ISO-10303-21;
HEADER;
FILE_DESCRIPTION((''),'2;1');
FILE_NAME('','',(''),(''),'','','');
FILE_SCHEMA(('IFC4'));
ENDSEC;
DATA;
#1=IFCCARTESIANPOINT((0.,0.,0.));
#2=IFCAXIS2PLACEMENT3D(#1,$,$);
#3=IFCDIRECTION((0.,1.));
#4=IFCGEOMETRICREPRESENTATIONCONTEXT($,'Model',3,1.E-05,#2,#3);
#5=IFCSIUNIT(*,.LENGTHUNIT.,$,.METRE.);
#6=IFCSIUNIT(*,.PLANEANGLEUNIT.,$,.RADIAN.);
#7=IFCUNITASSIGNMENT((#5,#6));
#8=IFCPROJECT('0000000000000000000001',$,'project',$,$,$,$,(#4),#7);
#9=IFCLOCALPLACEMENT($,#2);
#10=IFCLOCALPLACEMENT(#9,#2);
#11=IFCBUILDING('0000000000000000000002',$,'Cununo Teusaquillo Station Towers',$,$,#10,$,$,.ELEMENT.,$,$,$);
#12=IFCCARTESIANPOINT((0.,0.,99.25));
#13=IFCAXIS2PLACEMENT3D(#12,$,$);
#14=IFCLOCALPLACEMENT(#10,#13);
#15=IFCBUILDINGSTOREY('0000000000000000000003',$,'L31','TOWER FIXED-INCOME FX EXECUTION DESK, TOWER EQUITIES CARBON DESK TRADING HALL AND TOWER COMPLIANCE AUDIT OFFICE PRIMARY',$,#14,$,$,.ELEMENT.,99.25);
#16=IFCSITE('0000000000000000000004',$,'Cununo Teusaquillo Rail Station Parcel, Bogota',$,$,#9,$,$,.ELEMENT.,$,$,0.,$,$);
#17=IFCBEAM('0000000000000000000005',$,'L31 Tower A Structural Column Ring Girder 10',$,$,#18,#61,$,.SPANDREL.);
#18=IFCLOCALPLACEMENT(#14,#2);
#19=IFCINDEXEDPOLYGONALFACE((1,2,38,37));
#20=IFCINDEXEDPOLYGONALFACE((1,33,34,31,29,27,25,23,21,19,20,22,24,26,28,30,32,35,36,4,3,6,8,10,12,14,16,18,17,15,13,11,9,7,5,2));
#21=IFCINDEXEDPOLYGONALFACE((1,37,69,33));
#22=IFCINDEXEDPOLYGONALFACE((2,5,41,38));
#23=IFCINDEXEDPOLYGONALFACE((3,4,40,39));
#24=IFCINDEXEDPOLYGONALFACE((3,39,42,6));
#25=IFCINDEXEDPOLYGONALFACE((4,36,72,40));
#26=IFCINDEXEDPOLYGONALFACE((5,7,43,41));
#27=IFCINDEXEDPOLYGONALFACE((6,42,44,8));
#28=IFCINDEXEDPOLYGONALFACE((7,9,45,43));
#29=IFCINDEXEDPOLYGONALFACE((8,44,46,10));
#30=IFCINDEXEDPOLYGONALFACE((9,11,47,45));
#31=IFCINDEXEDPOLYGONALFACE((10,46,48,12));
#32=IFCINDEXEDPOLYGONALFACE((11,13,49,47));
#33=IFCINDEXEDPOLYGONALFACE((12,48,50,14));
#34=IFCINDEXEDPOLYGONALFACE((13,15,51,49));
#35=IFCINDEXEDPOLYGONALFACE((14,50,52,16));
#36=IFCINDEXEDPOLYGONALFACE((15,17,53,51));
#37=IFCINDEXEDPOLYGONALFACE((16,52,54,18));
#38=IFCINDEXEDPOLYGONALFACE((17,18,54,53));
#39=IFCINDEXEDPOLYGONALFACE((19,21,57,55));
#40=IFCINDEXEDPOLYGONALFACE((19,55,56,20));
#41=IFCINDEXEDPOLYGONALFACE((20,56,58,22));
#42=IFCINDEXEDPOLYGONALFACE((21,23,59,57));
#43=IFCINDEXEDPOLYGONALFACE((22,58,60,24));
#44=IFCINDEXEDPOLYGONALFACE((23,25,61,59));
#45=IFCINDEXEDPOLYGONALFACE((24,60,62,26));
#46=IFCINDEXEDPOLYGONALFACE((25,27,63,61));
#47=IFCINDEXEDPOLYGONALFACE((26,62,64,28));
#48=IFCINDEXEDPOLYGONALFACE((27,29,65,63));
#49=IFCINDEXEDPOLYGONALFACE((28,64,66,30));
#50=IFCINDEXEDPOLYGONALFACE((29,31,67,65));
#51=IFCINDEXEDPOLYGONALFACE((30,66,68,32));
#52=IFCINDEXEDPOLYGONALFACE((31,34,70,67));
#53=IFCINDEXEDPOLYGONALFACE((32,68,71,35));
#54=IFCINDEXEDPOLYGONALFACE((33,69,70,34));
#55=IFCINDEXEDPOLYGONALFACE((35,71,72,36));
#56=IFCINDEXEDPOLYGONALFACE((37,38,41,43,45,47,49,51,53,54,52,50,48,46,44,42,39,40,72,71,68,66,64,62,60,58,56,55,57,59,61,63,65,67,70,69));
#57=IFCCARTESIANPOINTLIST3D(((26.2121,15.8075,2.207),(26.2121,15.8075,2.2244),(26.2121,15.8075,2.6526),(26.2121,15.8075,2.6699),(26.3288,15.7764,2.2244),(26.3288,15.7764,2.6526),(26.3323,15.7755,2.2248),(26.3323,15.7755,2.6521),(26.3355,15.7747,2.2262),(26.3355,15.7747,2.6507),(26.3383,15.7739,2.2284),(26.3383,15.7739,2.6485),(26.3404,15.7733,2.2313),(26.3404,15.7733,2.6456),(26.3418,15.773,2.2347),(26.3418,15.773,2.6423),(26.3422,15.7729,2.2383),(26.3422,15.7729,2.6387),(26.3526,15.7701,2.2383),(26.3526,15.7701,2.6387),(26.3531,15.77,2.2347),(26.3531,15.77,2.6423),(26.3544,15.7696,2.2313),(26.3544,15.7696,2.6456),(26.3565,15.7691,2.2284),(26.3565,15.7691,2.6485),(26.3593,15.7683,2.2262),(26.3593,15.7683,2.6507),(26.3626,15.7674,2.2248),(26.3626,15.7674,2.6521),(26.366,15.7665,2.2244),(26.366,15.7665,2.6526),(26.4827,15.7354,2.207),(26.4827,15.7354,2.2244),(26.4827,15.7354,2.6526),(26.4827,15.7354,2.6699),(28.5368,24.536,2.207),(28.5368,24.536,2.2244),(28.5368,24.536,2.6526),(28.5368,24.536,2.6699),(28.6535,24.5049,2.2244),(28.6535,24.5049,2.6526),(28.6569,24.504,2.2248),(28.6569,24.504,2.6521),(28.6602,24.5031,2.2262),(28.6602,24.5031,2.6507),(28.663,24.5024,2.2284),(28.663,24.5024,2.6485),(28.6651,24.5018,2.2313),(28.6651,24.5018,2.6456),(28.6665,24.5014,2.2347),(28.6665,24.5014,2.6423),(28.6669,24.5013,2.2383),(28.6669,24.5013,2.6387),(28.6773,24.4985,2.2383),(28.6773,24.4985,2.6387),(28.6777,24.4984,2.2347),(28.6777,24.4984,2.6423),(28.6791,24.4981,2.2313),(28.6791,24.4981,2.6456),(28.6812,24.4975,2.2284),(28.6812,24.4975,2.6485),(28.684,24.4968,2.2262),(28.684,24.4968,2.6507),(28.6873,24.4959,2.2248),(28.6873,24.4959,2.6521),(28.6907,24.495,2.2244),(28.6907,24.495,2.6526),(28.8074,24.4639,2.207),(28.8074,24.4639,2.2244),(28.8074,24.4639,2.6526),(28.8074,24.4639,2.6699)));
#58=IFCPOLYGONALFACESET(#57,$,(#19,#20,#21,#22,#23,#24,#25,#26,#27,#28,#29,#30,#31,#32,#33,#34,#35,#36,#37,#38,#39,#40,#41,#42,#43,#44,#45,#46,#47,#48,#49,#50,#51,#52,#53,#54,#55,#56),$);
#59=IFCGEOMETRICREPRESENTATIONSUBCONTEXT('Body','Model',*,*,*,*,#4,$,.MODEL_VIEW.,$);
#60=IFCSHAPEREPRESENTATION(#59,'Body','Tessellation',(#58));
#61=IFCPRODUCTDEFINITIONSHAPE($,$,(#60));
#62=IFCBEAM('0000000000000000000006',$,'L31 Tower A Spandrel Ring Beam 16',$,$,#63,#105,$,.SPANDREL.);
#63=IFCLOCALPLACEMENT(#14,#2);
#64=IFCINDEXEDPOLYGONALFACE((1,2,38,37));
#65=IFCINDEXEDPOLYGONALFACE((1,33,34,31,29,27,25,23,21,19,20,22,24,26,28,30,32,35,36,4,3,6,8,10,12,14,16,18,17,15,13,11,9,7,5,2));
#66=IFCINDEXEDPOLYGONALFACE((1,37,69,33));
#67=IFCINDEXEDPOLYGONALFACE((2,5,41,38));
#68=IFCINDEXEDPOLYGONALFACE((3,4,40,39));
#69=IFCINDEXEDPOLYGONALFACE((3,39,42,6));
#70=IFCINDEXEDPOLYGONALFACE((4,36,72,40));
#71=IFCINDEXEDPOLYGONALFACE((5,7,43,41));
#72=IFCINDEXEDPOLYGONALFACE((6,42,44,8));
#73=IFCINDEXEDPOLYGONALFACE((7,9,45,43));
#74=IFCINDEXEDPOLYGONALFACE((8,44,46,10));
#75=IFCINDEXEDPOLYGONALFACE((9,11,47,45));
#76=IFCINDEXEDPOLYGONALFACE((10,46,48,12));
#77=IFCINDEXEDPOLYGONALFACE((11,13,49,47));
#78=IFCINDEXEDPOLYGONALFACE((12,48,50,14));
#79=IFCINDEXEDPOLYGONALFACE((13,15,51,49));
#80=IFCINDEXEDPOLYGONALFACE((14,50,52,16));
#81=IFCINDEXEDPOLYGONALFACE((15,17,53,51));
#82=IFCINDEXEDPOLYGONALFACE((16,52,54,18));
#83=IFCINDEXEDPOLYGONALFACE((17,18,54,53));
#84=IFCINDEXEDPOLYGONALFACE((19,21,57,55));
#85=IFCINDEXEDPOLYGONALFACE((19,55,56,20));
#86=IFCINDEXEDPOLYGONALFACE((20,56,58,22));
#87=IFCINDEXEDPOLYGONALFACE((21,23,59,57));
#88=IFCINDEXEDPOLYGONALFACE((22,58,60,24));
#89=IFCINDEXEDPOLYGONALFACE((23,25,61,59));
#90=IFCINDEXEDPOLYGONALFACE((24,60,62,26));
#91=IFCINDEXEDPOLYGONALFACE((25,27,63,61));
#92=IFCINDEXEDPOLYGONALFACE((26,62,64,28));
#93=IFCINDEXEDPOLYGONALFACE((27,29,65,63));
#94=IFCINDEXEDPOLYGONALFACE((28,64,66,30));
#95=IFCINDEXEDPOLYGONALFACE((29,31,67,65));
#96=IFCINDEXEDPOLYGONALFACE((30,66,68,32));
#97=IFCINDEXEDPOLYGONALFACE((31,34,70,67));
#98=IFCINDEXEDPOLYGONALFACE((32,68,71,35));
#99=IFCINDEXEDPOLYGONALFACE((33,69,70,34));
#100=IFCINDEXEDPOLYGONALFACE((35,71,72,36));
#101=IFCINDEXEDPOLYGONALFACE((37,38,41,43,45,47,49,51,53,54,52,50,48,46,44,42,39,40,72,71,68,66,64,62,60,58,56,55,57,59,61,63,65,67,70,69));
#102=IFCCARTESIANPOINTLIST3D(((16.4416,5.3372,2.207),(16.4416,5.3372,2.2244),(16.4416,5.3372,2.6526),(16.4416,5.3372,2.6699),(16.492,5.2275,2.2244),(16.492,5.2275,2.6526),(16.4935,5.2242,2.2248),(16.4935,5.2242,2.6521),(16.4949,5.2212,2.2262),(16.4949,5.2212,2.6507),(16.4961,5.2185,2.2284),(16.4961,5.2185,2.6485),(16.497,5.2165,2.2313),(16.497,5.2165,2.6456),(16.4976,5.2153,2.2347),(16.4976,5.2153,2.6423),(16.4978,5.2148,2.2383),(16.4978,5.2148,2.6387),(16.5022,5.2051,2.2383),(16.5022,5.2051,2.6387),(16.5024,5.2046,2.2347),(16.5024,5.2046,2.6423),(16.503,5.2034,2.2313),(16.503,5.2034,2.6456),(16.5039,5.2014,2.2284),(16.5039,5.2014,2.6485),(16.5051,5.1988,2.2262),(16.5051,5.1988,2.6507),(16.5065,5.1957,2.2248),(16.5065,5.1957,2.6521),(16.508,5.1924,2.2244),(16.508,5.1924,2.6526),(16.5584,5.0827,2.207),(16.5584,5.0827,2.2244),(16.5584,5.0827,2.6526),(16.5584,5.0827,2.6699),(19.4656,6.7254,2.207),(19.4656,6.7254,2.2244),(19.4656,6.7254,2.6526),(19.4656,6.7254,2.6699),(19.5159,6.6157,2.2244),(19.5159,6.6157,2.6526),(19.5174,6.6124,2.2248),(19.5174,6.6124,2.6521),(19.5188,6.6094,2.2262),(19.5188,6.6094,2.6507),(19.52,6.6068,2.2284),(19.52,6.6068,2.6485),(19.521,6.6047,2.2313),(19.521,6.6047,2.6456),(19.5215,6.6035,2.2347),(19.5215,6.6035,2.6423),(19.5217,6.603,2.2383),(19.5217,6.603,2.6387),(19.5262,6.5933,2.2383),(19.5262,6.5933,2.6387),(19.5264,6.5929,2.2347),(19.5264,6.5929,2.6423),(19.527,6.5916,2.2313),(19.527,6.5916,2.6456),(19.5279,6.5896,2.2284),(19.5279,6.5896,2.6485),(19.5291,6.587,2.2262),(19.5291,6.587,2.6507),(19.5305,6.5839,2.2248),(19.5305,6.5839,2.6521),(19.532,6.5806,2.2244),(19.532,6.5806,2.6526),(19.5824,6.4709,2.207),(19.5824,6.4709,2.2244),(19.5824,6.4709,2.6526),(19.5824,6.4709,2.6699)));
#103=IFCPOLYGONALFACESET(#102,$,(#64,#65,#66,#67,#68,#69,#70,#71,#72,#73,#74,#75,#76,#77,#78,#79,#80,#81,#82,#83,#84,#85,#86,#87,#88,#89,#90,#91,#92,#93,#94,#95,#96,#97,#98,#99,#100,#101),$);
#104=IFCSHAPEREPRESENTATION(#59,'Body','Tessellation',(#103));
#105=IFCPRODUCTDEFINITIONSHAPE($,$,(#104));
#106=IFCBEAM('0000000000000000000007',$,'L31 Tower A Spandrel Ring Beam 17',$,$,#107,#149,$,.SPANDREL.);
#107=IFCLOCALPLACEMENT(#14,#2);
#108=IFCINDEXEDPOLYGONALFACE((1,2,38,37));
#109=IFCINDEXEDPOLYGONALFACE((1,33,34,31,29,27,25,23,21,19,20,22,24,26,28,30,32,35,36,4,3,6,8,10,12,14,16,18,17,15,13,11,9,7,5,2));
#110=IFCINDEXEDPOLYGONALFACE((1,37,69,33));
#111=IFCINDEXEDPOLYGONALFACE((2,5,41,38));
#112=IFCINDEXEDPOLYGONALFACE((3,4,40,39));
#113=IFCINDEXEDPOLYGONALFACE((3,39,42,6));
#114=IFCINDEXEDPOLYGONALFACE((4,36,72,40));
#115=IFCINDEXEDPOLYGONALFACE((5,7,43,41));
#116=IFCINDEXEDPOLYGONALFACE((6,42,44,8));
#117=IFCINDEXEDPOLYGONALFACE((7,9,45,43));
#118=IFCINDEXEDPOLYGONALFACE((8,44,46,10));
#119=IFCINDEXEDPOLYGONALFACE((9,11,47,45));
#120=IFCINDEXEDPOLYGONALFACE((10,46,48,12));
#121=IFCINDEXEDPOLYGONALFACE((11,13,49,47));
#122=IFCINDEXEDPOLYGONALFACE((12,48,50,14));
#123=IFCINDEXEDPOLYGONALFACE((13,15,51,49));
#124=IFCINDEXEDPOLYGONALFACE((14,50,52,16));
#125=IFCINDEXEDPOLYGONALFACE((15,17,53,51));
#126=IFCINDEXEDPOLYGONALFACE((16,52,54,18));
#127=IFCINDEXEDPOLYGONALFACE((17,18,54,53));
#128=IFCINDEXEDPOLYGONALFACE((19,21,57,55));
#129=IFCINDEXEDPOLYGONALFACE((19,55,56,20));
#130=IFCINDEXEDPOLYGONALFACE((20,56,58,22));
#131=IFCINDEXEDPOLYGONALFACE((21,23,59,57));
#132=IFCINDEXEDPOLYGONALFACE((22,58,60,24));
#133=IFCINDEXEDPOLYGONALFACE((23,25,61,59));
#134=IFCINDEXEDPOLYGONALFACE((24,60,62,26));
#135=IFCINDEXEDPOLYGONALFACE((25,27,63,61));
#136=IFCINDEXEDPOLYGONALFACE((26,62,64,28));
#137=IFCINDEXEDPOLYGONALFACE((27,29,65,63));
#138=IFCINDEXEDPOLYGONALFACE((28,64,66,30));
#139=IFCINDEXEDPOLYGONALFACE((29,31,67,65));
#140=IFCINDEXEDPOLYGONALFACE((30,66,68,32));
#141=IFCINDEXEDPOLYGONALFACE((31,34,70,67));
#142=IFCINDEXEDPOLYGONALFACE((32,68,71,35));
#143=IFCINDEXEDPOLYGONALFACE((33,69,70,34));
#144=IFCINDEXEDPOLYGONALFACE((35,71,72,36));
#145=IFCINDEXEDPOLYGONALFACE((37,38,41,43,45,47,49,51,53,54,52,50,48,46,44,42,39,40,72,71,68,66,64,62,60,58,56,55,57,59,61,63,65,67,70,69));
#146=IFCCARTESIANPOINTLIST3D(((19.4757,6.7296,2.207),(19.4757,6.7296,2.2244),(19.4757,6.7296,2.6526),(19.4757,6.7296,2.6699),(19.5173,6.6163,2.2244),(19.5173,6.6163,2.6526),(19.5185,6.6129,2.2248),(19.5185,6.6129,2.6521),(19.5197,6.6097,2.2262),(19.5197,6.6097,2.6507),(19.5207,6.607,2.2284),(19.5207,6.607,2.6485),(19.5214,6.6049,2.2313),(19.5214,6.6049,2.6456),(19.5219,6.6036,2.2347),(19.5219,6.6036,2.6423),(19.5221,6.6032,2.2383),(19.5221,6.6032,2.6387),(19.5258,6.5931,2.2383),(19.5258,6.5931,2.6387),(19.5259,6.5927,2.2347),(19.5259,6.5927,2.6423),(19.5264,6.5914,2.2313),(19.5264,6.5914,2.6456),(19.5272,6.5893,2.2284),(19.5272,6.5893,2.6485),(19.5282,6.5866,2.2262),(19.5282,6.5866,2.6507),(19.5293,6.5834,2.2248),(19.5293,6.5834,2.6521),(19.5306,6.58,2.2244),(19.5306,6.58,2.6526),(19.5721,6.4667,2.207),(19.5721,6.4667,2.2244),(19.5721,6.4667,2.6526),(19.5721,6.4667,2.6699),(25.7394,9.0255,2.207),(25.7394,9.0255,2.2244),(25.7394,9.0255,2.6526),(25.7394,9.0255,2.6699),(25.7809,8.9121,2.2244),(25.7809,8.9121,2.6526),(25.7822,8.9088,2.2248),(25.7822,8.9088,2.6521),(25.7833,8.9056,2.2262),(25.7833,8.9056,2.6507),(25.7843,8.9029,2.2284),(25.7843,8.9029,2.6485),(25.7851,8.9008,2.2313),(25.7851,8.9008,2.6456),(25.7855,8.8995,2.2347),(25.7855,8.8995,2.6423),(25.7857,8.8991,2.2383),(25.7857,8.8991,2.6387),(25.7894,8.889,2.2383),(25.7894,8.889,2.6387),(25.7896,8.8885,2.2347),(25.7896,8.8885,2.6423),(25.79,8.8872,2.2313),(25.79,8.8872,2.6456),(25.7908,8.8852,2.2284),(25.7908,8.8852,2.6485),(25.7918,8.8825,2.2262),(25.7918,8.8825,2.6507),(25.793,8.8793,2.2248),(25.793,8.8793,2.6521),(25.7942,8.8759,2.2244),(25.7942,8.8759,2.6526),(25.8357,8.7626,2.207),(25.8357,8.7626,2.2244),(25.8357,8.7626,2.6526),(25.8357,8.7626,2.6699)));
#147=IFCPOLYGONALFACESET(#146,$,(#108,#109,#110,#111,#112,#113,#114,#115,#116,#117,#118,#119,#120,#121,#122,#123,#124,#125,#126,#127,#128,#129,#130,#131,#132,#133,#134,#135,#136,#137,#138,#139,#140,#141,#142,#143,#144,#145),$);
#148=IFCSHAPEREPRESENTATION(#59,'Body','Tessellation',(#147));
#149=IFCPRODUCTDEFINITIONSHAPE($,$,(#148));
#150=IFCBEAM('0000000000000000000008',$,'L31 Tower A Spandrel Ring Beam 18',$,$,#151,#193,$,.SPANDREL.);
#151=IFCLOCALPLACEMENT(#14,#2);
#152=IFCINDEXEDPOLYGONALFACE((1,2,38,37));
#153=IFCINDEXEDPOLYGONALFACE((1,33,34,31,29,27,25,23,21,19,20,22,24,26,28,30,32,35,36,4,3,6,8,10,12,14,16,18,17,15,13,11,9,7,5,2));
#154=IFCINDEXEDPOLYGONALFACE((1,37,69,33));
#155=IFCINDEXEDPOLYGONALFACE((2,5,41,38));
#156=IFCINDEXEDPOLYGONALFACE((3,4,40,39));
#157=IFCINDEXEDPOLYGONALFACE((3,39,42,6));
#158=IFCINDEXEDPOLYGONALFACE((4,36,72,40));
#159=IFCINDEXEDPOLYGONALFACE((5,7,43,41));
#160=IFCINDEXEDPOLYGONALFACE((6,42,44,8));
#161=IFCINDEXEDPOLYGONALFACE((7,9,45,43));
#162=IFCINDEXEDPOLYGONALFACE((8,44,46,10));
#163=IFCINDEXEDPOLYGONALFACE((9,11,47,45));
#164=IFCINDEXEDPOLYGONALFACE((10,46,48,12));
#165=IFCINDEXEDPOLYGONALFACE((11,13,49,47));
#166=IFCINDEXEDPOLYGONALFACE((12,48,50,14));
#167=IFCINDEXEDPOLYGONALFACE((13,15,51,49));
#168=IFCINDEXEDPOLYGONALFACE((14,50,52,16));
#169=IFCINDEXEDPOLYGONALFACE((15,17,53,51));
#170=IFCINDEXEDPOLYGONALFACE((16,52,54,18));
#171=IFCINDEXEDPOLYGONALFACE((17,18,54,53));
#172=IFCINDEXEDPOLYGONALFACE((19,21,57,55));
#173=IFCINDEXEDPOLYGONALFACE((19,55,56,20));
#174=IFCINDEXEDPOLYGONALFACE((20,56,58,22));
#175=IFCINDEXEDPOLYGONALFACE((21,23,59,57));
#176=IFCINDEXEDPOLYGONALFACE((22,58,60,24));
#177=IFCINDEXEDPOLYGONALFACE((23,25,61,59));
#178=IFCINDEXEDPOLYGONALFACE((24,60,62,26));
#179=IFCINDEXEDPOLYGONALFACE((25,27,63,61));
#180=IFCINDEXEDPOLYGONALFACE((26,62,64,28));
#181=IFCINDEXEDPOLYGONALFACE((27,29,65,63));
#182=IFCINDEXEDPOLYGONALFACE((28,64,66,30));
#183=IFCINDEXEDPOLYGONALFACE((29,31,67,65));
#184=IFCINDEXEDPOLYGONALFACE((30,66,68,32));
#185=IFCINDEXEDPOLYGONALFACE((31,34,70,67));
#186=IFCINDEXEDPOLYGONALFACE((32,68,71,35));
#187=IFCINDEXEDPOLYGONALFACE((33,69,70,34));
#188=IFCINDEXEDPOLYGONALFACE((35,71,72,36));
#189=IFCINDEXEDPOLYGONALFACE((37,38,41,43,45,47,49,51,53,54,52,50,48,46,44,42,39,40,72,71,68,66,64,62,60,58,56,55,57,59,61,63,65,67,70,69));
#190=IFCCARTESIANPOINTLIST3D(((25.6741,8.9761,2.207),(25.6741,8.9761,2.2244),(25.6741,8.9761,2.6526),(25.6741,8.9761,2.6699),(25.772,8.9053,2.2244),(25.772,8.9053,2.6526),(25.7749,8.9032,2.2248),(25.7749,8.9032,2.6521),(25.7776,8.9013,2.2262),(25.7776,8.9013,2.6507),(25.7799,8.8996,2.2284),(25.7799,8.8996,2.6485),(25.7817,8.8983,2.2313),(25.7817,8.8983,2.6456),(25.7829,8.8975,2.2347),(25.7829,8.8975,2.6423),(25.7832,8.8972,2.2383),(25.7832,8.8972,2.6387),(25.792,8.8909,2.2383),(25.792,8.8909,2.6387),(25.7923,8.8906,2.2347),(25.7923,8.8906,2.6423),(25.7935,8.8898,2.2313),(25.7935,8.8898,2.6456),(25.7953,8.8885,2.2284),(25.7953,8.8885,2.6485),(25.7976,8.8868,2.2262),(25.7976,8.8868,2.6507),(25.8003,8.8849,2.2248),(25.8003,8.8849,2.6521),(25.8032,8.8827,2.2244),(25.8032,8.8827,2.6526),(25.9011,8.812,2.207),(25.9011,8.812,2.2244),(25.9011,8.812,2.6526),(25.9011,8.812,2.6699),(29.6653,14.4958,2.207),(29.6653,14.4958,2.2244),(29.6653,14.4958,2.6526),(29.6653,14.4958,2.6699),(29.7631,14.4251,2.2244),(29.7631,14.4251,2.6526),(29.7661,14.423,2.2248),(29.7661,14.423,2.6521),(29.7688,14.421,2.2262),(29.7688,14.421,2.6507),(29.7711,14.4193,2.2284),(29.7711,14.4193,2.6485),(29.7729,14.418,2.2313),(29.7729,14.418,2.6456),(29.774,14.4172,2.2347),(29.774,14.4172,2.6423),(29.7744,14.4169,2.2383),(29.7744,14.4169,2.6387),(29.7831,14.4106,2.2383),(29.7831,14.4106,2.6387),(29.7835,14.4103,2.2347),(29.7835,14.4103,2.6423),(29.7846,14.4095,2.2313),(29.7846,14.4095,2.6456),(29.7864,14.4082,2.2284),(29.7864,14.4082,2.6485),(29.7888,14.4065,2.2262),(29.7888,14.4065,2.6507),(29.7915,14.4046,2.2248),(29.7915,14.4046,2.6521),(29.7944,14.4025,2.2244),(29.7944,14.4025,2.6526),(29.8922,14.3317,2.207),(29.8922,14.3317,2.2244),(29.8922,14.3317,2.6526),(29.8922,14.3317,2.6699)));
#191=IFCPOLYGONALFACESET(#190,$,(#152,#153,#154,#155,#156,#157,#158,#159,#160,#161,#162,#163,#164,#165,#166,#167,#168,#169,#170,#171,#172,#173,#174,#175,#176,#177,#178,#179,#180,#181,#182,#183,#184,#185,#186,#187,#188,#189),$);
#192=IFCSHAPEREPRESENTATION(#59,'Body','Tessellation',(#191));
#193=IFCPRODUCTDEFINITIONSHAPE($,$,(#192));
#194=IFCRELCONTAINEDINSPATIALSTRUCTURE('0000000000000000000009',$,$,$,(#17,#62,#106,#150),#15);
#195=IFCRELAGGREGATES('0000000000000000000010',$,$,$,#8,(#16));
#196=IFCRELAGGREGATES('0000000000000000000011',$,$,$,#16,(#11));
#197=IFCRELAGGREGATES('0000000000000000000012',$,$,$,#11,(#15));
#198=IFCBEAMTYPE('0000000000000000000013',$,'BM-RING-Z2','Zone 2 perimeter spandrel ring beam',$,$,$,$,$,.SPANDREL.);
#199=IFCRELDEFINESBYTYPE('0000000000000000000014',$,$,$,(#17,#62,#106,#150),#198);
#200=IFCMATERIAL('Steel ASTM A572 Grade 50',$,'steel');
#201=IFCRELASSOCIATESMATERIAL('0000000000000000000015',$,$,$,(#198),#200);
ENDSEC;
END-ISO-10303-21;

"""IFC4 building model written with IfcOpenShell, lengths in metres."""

from ifc_helpers import new_model, si_unit, direction, frame, origin, origin_2d, place, context, subcontext, project, spatial, i_section, extrude, material, material_profile, profile_set, type_object, element, save


model = new_model("IFC4")

# Units and contexts
model_context = context("Model", 3, precision=1e-05, world=origin(), true_north=direction((0.0, 1.0)))
body_context = subcontext(model_context, "Body", "Model", "MODEL_VIEW")
ifc_project = project(units=[si_unit("LENGTHUNIT", "METRE"), si_unit("PLANEANGLEUNIT", "RADIAN")], contexts=[model_context])

# Site, building, storey
site_placement = place(None, origin())
site = spatial("IfcSite", under=ifc_project, at=site_placement, Name="Cununo Teusaquillo Rail Station Parcel, Bogota", CompositionType="ELEMENT", RefElevation=0.0)
building_placement = place(site_placement, origin())
building = spatial("IfcBuilding", under=site, at=building_placement, Name="Cununo Teusaquillo Station Towers", CompositionType="ELEMENT")
storey_placement = place(building_placement, frame((0.0, 0.0, 99.25)))
storey = spatial("IfcBuildingStorey", under=building, at=storey_placement, Name="L31", Description="TOWER FIXED-INCOME FX EXECUTION DESK, TOWER EQUITIES CARBON DESK TRADING HALL AND TOWER COMPLIANCE AUDIT OFFICE PRIMARY", CompositionType="ELEMENT", Elevation=99.25)

# Beams
ifc_material_1 = material(Name="Steel ASTM A572 Grade 50", Category="steel")
ifc_material_profile_1 = material_profile(ifc_material_1, i_section(OverallWidth=0.28, OverallDepth=0.4629, WebThickness=0.0107, FlangeThickness=0.0173, FilletRadius=0.0139, at=origin_2d()), Name="W18X76")
ifc_profile_set_1 = profile_set([ifc_material_profile_1], Name="Steel ASTM A572 Grade 50")
beam_type_1 = type_object("IfcBeamType", Name="BM-RING-Z2", Description="Zone 2 perimeter spandrel ring beam", PredefinedType="SPANDREL", material=ifc_profile_set_1)
beam_1_placement = place(storey_placement, frame((26.3474, 15.7715, 2.4385), z_axis=(0.257363, 0.966315, 0.0), x_axis=(-0.966315, 0.257363, 0.0)))
element("IfcBeam", 1, at=beam_1_placement, inside=storey, type_object=beam_type_1, Name="L31 Tower A Structural Column Ring Girder 10", PredefinedType="SPANDREL", context=body_context, shape_type="SweptSolid", body=[
    extrude(i_section(OverallWidth=0.28, OverallDepth=0.4629, WebThickness=0.0107, FlangeThickness=0.0173, FilletRadius=0.0139, at=origin_2d()), origin(), (0.0, 0.0, 1.0), 9.0327),
])
beam_2_placement = place(storey_placement, frame((16.5, 5.21, 2.4385), z_axis=(0.908812, 0.417205, 0.0), x_axis=(-0.417205, 0.908812, 0.0)))
element("IfcBeam", 2, at=beam_2_placement, inside=storey, type_object=beam_type_1, Name="L31 Tower A Spandrel Ring Beam 16", PredefinedType="SPANDREL", context=body_context, shape_type="SweptSolid", body=[
    extrude(i_section(OverallWidth=0.28, OverallDepth=0.4629, WebThickness=0.0107, FlangeThickness=0.0173, FilletRadius=0.0139, at=origin_2d()), origin(), (0.0, 0.0, 1.0), 3.3274),
])
beam_3_placement = place(storey_placement, frame((19.5239, 6.5981, 2.4385), z_axis=(0.938914, 0.344151, 0.0), x_axis=(-0.344151, 0.938914, 0.0)))
element("IfcBeam", 3, at=beam_3_placement, inside=storey, type_object=beam_type_1, Name="L31 Tower A Spandrel Ring Beam 17", PredefinedType="SPANDREL", context=body_context, shape_type="SweptSolid", body=[
    extrude(i_section(OverallWidth=0.28, OverallDepth=0.4629, WebThickness=0.0107, FlangeThickness=0.0173, FilletRadius=0.0139, at=origin_2d()), origin(), (0.0, 0.0, 1.0), 6.6711),
])
beam_4_placement = place(storey_placement, frame((25.7876, 8.894, 2.4385), z_axis=(0.585945, 0.810351, 0.0), x_axis=(-0.810351, 0.585945, 0.0)))
element("IfcBeam", 4, at=beam_4_placement, inside=storey, type_object=beam_type_1, Name="L31 Tower A Spandrel Ring Beam 18", PredefinedType="SPANDREL", context=body_context, shape_type="SweptSolid", body=[
    extrude(i_section(OverallWidth=0.28, OverallDepth=0.4629, WebThickness=0.0107, FlangeThickness=0.0173, FilletRadius=0.0139, at=origin_2d()), origin(), (0.0, 0.0, 1.0), 6.8115),
])

save(model, "model.ifc")
